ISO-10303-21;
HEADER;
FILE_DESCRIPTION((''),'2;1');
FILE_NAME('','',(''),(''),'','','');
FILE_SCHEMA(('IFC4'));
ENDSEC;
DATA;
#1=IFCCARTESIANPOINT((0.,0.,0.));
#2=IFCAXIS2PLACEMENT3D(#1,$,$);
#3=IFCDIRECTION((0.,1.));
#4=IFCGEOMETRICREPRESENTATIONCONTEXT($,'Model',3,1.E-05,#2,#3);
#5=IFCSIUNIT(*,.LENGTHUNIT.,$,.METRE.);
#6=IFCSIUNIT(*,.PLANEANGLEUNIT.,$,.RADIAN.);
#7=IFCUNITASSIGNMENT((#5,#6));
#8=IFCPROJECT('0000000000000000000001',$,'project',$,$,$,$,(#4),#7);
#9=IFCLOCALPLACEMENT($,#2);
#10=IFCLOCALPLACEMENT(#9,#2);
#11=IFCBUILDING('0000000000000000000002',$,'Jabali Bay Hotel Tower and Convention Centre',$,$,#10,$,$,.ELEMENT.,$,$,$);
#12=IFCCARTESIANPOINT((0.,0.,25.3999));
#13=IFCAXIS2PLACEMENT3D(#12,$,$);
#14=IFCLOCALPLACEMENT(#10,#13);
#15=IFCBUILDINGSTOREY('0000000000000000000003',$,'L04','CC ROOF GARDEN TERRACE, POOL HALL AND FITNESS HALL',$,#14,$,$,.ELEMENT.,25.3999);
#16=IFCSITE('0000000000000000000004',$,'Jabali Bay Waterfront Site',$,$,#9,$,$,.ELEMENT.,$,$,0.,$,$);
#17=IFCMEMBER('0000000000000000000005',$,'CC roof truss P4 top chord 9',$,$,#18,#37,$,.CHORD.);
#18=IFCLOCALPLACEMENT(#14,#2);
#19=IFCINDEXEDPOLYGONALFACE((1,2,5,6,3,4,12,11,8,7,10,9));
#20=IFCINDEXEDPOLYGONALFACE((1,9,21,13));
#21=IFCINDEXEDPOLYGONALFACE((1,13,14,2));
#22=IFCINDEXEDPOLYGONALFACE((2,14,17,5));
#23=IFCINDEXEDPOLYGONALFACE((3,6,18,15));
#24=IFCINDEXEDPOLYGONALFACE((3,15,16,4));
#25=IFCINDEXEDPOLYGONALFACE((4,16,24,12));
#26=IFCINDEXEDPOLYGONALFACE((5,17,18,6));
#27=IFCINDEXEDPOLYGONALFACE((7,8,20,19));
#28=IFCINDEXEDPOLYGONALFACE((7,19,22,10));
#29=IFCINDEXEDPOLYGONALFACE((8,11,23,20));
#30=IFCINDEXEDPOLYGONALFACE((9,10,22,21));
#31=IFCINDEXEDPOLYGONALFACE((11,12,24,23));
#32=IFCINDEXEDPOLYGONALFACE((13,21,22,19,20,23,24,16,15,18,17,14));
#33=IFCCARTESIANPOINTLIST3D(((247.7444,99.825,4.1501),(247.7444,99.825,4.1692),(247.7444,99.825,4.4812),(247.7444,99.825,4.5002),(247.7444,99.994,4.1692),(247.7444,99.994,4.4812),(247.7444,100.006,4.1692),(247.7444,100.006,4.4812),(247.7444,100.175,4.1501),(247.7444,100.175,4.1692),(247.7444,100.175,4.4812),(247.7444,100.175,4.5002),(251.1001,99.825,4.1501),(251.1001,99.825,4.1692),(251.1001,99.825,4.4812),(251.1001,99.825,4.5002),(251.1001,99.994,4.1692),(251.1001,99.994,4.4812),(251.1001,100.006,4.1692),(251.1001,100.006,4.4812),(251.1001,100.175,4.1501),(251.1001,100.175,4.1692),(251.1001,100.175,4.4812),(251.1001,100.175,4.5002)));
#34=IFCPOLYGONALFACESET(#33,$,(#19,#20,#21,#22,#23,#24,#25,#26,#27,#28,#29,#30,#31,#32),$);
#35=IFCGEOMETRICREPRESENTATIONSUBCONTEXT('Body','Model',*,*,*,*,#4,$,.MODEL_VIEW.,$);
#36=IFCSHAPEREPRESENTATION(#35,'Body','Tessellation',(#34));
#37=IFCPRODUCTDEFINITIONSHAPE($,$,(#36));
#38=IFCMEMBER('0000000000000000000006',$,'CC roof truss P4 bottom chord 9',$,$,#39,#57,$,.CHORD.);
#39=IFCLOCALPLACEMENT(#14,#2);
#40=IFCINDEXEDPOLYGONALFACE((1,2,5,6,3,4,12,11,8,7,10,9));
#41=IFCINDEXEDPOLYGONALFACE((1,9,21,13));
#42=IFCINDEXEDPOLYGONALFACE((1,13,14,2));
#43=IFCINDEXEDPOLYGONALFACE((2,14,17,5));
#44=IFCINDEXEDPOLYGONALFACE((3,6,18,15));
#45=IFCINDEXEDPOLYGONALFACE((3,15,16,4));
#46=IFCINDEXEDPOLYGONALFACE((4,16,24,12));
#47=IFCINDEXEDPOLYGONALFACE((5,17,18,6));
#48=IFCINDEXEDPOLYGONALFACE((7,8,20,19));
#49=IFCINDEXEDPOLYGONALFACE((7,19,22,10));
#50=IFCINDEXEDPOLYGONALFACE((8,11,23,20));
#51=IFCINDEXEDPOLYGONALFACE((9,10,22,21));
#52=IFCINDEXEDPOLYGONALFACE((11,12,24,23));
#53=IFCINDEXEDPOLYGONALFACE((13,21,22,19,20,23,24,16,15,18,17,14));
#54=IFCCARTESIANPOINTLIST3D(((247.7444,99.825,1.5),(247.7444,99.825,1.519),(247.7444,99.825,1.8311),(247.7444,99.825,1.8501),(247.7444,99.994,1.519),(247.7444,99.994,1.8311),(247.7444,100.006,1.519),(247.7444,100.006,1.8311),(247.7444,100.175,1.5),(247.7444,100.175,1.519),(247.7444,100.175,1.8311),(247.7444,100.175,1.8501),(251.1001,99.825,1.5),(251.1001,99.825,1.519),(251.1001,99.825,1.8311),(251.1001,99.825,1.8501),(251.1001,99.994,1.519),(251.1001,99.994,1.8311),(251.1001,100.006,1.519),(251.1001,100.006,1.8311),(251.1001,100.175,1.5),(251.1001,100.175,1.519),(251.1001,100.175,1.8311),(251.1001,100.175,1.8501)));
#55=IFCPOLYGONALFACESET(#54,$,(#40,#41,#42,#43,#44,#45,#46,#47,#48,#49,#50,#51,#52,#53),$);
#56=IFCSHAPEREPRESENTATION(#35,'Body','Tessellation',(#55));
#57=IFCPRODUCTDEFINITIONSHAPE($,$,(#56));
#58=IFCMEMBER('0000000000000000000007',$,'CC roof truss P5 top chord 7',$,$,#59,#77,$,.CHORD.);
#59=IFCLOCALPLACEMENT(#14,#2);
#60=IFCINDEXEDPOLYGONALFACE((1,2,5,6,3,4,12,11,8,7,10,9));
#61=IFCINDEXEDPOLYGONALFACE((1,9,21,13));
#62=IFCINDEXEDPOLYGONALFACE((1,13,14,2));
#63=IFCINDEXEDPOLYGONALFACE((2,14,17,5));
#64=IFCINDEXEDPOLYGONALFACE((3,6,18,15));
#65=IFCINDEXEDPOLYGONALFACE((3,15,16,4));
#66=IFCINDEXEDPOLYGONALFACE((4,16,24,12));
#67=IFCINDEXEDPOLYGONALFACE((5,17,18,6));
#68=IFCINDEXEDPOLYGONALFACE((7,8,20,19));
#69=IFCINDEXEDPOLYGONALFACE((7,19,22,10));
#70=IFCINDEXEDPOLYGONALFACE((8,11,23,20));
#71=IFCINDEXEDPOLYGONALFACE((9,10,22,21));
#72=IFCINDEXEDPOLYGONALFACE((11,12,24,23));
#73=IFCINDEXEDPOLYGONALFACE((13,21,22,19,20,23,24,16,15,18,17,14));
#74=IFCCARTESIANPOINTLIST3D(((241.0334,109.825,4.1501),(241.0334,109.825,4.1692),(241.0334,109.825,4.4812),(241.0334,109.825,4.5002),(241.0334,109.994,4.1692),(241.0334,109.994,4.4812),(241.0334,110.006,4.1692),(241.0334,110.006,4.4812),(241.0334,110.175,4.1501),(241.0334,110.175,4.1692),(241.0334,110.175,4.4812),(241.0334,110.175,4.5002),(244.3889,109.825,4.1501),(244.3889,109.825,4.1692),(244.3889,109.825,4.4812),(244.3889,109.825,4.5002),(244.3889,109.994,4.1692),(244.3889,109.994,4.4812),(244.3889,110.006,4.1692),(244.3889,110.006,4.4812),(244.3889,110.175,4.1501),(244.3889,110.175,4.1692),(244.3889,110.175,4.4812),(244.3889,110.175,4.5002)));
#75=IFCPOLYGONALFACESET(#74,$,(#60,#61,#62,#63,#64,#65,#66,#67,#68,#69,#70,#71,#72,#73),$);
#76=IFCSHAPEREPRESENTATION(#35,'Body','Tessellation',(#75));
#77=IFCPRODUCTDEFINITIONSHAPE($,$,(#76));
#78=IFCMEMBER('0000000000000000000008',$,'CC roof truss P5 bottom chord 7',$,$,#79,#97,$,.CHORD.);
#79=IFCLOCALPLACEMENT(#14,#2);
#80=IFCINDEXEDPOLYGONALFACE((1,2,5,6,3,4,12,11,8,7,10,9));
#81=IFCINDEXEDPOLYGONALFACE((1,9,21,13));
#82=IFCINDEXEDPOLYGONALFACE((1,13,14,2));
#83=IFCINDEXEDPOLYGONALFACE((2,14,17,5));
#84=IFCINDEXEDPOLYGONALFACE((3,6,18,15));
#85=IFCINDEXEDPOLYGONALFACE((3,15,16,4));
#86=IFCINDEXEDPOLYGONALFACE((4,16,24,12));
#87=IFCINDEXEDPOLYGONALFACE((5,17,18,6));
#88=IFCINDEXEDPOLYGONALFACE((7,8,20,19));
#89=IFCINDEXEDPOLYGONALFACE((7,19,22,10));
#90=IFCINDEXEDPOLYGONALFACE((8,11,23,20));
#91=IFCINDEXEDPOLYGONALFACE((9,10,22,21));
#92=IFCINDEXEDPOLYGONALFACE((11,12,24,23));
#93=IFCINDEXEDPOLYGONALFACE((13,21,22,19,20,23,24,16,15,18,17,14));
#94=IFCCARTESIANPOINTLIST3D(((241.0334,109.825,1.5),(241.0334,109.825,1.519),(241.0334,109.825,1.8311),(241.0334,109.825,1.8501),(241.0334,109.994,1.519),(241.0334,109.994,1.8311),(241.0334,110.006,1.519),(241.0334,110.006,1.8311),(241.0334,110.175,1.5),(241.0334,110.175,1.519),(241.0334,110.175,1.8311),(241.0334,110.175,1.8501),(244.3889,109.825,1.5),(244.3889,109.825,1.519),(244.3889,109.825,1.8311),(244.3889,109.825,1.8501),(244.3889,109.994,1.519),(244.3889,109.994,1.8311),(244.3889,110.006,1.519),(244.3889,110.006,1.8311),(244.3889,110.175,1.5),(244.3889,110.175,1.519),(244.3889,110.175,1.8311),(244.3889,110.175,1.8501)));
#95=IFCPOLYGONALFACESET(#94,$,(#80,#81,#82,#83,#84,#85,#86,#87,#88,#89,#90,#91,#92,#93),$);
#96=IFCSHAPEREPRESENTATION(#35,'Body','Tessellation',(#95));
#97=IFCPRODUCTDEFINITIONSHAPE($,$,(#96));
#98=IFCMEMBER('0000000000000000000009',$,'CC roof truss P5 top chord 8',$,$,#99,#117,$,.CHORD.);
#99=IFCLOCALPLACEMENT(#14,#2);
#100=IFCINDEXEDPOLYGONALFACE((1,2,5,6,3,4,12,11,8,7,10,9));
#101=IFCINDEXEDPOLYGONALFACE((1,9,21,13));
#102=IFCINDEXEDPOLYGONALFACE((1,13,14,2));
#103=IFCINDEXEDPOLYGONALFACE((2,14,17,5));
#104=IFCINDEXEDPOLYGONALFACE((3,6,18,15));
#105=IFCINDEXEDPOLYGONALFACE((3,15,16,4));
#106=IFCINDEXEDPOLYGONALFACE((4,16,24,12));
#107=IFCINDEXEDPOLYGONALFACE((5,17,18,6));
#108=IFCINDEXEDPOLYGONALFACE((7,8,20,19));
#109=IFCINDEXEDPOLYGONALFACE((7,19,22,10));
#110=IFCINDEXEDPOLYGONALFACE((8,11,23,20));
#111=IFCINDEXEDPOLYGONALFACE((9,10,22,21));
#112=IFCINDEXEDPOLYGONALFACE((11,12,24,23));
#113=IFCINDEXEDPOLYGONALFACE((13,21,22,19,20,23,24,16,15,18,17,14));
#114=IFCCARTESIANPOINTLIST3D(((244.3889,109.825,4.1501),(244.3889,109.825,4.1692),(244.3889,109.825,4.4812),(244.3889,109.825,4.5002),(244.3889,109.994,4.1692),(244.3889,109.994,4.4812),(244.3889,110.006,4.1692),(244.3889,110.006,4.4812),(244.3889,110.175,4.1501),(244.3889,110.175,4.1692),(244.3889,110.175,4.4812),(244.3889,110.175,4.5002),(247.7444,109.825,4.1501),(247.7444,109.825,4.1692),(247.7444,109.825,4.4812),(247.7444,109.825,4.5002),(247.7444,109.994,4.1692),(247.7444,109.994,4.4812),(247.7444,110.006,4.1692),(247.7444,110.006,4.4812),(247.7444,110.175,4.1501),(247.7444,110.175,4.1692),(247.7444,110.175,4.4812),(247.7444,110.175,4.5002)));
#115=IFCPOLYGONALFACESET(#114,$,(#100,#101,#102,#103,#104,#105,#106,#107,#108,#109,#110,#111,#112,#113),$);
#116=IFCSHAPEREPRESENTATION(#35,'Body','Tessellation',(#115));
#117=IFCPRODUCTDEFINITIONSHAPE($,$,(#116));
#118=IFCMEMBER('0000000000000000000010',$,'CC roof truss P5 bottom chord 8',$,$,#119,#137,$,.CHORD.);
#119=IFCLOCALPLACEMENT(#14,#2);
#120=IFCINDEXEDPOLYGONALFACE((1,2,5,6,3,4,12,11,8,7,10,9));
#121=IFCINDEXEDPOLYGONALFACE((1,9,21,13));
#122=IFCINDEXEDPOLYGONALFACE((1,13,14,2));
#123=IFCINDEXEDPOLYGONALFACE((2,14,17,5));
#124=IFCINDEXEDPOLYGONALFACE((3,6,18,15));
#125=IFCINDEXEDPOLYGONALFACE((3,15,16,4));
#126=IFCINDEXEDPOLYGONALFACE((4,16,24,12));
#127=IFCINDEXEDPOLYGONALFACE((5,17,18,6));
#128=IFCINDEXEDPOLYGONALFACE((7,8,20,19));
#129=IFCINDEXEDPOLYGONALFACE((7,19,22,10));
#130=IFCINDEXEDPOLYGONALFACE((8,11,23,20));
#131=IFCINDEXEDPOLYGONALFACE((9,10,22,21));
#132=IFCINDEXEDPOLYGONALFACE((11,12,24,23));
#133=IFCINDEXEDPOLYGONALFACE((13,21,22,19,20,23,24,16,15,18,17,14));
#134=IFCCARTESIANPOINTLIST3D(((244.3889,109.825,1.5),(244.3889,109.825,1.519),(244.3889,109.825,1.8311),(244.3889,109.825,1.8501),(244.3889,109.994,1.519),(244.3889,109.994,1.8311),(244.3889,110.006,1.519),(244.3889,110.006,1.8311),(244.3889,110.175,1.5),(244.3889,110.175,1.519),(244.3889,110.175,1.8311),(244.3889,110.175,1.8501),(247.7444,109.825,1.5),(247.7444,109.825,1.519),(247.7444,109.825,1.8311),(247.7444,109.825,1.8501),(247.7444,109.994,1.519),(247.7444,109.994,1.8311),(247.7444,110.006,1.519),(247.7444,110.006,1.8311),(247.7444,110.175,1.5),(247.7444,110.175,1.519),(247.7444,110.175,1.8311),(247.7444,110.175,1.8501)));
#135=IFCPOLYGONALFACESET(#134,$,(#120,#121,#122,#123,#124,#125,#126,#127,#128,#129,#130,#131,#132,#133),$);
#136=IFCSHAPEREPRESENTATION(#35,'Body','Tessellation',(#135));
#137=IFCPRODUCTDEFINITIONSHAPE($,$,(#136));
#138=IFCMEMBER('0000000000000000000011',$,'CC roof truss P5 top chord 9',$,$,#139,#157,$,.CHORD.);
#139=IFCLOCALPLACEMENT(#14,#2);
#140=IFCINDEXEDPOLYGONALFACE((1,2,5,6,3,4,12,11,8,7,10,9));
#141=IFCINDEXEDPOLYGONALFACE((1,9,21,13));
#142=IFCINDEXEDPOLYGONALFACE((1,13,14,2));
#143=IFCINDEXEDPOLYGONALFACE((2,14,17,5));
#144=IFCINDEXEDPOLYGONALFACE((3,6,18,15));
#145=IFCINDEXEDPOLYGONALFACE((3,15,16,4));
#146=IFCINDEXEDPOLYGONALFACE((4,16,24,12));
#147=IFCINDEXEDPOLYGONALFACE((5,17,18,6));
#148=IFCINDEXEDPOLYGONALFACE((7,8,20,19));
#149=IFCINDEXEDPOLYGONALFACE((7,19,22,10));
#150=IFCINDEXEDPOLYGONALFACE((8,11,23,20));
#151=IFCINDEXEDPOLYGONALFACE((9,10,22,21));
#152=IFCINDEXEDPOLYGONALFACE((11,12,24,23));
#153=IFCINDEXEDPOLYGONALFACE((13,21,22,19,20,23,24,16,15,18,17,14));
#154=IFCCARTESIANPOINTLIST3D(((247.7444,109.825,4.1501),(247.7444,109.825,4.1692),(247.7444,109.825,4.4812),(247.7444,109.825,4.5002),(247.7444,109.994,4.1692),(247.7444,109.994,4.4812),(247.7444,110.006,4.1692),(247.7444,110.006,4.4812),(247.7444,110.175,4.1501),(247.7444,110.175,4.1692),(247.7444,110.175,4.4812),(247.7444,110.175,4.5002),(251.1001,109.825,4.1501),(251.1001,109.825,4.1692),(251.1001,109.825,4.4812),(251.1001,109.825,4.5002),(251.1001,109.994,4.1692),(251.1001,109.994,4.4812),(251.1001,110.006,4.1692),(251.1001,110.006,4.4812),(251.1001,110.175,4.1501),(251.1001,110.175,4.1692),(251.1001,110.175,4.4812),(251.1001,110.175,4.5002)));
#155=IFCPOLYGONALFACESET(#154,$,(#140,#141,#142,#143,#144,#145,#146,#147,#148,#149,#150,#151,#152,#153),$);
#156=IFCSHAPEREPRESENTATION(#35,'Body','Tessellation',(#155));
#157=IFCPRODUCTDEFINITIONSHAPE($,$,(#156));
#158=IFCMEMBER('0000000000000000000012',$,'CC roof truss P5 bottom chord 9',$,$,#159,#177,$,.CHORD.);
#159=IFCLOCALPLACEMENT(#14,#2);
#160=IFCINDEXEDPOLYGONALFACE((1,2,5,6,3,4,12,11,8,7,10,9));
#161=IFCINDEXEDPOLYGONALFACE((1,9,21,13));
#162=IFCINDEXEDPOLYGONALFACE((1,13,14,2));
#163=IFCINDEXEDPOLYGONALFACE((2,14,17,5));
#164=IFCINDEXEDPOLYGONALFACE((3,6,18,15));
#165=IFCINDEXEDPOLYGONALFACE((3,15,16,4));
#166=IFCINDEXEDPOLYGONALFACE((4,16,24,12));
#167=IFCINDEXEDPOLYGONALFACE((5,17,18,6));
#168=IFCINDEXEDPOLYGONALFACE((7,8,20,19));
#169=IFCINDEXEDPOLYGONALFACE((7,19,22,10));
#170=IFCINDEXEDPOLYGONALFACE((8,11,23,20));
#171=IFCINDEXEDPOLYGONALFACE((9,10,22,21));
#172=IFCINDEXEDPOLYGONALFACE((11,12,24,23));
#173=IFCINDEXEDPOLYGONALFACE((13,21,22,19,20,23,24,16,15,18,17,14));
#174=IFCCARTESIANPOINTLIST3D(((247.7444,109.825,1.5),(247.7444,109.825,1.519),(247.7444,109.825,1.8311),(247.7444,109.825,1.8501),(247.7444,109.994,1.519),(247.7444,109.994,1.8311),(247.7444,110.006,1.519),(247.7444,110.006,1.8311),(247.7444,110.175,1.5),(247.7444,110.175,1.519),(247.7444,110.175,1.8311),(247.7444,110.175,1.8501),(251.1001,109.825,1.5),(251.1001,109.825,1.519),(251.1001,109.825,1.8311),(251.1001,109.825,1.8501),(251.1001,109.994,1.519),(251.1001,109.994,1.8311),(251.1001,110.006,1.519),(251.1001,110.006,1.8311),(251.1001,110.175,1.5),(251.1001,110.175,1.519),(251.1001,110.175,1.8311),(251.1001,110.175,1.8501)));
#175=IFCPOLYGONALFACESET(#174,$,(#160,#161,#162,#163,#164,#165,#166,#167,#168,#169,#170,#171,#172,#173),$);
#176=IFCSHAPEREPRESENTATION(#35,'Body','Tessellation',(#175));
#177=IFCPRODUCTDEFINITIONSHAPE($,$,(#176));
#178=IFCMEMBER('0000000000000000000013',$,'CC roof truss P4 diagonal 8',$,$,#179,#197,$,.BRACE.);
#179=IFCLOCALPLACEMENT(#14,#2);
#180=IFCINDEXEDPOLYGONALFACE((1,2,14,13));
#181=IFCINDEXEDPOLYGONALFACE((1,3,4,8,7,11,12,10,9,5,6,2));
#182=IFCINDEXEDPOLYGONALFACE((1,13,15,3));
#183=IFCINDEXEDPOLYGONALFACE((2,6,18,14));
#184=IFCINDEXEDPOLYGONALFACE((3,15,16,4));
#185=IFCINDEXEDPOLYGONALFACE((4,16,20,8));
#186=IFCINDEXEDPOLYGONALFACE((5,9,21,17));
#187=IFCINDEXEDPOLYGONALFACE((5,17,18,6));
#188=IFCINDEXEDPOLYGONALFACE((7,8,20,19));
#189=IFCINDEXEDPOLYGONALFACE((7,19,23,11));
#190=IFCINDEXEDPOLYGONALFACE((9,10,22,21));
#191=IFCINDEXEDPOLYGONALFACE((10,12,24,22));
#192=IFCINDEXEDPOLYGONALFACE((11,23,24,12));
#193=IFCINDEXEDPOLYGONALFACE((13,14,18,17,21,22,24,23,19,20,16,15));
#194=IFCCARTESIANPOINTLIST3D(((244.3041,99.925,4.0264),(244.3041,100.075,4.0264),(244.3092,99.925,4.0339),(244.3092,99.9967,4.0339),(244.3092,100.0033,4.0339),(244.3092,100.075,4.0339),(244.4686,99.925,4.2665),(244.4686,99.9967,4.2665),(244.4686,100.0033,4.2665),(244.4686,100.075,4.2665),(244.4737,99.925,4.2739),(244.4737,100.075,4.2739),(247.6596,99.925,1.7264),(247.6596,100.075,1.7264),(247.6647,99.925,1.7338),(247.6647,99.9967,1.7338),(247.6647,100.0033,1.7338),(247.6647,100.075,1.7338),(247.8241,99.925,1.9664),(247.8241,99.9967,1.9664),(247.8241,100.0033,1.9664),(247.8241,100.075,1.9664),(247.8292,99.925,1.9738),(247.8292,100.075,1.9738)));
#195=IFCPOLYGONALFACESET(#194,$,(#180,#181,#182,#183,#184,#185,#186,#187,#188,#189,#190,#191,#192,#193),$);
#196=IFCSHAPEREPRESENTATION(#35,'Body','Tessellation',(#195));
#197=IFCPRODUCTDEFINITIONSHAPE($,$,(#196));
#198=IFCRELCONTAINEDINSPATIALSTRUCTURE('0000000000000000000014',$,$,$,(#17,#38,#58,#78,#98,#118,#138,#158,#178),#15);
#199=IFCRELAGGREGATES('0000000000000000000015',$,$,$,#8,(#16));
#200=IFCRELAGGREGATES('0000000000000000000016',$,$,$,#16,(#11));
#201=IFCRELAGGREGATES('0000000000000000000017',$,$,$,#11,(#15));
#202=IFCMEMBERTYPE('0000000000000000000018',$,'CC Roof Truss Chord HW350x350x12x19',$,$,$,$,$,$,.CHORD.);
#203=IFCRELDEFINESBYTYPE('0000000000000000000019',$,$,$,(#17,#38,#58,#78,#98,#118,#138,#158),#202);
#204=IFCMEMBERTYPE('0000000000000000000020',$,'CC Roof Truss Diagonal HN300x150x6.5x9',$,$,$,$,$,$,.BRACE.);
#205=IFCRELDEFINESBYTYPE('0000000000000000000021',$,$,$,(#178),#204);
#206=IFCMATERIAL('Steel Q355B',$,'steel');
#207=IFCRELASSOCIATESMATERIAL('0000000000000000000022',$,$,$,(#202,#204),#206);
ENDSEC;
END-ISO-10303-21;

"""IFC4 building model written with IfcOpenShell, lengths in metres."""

from ifc_helpers import new_model, si_unit, direction, frame, origin, origin_2d, place, context, subcontext, project, spatial, i_section, extrude, material, material_profile, profile_set, type_object, element, save


model = new_model("IFC4")

# Units and contexts
model_context = context("Model", 3, precision=1e-05, world=origin(), true_north=direction((0.0, 1.0)))
body_context = subcontext(model_context, "Body", "Model", "MODEL_VIEW")
ifc_project = project(units=[si_unit("LENGTHUNIT", "METRE"), si_unit("PLANEANGLEUNIT", "RADIAN")], contexts=[model_context])

# Site, building, storey
site_placement = place(None, origin())
site = spatial("IfcSite", under=ifc_project, at=site_placement, Name="Jabali Bay Waterfront Site", CompositionType="ELEMENT", RefElevation=0.0)
building_placement = place(site_placement, origin())
building = spatial("IfcBuilding", under=site, at=building_placement, Name="Jabali Bay Hotel Tower and Convention Centre", CompositionType="ELEMENT")
storey_placement = place(building_placement, frame((0.0, 0.0, 25.3999)))
storey = spatial("IfcBuildingStorey", under=building, at=storey_placement, Name="L04", Description="CC ROOF GARDEN TERRACE, POOL HALL AND FITNESS HALL", CompositionType="ELEMENT", Elevation=25.3999)

# Members
ifc_material = material(Name="Steel Q355B", Category="steel")
ifc_material_profile_1 = material_profile(ifc_material, i_section(OverallWidth=0.3501, OverallDepth=0.3501, WebThickness=0.012, FlangeThickness=0.019, at=origin_2d()), Name="HW350x350x12x19")
ifc_profile_set_1 = profile_set([ifc_material_profile_1], Name="Steel Q355B")
member_type_1 = type_object("IfcMemberType", Name="CC Roof Truss Chord HW350x350x12x19", PredefinedType="CHORD", material=ifc_profile_set_1)
for number, where, z_axis, x_axis, name in (
    (1, (247.7444, 100.0, 4.3252), (1.0, 0.0, 0.0), (0.0, 1.0, 0.0), "CC roof truss P4 top chord 9"),
    (2, (247.7444, 100.0, 1.675), (1.0, 0.0, 0.0), (0.0, 1.0, 0.0), "CC roof truss P4 bottom chord 9"),
):
    element("IfcMember", number, at=place(storey_placement, frame(where, z_axis=z_axis, x_axis=x_axis)), inside=storey, type_object=member_type_1, Name=name, PredefinedType="CHORD", context=body_context, shape_type="SweptSolid", body=[
        extrude(i_section(OverallWidth=0.3501, OverallDepth=0.3501, WebThickness=0.012, FlangeThickness=0.019, at=origin_2d()), origin(), (0.0, 0.0, 1.0), 3.3557),
    ])
for number, where, z_axis, x_axis, name in (
    (3, (241.0334, 110.0, 4.3252), (1.0, 0.0, 0.0), (0.0, 1.0, 0.0), "CC roof truss P5 top chord 7"),
    (4, (241.0334, 110.0, 1.675), (1.0, 0.0, 0.0), (0.0, 1.0, 0.0), "CC roof truss P5 bottom chord 7"),
    (5, (244.3889, 110.0, 4.3252), (1.0, 0.0, 0.0), (0.0, 1.0, 0.0), "CC roof truss P5 top chord 8"),
    (6, (244.3889, 110.0, 1.675), (1.0, 0.0, 0.0), (0.0, 1.0, 0.0), "CC roof truss P5 bottom chord 8"),
):
    element("IfcMember", number, at=place(storey_placement, frame(where, z_axis=z_axis, x_axis=x_axis)), inside=storey, type_object=member_type_1, Name=name, PredefinedType="CHORD", context=body_context, shape_type="SweptSolid", body=[
        extrude(i_section(OverallWidth=0.3501, OverallDepth=0.3501, WebThickness=0.012, FlangeThickness=0.019, at=origin_2d()), origin(), (0.0, 0.0, 1.0), 3.3555),
    ])
for number, where, z_axis, x_axis, name in (
    (7, (247.7444, 110.0, 4.3252), (1.0, 0.0, 0.0), (0.0, 1.0, 0.0), "CC roof truss P5 top chord 9"),
    (8, (247.7444, 110.0, 1.675), (1.0, 0.0, 0.0), (0.0, 1.0, 0.0), "CC roof truss P5 bottom chord 9"),
):
    element("IfcMember", number, at=place(storey_placement, frame(where, z_axis=z_axis, x_axis=x_axis)), inside=storey, type_object=member_type_1, Name=name, PredefinedType="CHORD", context=body_context, shape_type="SweptSolid", body=[
        extrude(i_section(OverallWidth=0.3501, OverallDepth=0.3501, WebThickness=0.012, FlangeThickness=0.019, at=origin_2d()), origin(), (0.0, 0.0, 1.0), 3.3557),
    ])
ifc_material_profile_2 = material_profile(ifc_material, i_section(OverallWidth=0.1499, OverallDepth=0.3, WebThickness=0.0066, FlangeThickness=0.009, at=origin_2d()), Name="HN300x150x6.5x9")
ifc_profile_set_2 = profile_set([ifc_material_profile_2], Name="Steel Q355B")
member_type_2 = type_object("IfcMemberType", Name="CC Roof Truss Diagonal HN300x150x6.5x9", PredefinedType="BRACE", material=ifc_profile_set_2)
member_1_placement = place(storey_placement, frame((247.7444, 100.0, 1.8501), z_axis=(-0.824826, 0.0, 0.565387), x_axis=(0.0, -1.0, 0.0)))
element("IfcMember", 9, at=member_1_placement, inside=storey, type_object=member_type_2, Name="CC roof truss P4 diagonal 8", PredefinedType="BRACE", context=body_context, shape_type="SweptSolid", body=[
    extrude(i_section(OverallWidth=0.1499, OverallDepth=0.3, WebThickness=0.0066, FlangeThickness=0.009, at=origin_2d()), origin(), (0.0, 0.0, 1.0), 4.0681),
])

save(model, "model.ifc")
